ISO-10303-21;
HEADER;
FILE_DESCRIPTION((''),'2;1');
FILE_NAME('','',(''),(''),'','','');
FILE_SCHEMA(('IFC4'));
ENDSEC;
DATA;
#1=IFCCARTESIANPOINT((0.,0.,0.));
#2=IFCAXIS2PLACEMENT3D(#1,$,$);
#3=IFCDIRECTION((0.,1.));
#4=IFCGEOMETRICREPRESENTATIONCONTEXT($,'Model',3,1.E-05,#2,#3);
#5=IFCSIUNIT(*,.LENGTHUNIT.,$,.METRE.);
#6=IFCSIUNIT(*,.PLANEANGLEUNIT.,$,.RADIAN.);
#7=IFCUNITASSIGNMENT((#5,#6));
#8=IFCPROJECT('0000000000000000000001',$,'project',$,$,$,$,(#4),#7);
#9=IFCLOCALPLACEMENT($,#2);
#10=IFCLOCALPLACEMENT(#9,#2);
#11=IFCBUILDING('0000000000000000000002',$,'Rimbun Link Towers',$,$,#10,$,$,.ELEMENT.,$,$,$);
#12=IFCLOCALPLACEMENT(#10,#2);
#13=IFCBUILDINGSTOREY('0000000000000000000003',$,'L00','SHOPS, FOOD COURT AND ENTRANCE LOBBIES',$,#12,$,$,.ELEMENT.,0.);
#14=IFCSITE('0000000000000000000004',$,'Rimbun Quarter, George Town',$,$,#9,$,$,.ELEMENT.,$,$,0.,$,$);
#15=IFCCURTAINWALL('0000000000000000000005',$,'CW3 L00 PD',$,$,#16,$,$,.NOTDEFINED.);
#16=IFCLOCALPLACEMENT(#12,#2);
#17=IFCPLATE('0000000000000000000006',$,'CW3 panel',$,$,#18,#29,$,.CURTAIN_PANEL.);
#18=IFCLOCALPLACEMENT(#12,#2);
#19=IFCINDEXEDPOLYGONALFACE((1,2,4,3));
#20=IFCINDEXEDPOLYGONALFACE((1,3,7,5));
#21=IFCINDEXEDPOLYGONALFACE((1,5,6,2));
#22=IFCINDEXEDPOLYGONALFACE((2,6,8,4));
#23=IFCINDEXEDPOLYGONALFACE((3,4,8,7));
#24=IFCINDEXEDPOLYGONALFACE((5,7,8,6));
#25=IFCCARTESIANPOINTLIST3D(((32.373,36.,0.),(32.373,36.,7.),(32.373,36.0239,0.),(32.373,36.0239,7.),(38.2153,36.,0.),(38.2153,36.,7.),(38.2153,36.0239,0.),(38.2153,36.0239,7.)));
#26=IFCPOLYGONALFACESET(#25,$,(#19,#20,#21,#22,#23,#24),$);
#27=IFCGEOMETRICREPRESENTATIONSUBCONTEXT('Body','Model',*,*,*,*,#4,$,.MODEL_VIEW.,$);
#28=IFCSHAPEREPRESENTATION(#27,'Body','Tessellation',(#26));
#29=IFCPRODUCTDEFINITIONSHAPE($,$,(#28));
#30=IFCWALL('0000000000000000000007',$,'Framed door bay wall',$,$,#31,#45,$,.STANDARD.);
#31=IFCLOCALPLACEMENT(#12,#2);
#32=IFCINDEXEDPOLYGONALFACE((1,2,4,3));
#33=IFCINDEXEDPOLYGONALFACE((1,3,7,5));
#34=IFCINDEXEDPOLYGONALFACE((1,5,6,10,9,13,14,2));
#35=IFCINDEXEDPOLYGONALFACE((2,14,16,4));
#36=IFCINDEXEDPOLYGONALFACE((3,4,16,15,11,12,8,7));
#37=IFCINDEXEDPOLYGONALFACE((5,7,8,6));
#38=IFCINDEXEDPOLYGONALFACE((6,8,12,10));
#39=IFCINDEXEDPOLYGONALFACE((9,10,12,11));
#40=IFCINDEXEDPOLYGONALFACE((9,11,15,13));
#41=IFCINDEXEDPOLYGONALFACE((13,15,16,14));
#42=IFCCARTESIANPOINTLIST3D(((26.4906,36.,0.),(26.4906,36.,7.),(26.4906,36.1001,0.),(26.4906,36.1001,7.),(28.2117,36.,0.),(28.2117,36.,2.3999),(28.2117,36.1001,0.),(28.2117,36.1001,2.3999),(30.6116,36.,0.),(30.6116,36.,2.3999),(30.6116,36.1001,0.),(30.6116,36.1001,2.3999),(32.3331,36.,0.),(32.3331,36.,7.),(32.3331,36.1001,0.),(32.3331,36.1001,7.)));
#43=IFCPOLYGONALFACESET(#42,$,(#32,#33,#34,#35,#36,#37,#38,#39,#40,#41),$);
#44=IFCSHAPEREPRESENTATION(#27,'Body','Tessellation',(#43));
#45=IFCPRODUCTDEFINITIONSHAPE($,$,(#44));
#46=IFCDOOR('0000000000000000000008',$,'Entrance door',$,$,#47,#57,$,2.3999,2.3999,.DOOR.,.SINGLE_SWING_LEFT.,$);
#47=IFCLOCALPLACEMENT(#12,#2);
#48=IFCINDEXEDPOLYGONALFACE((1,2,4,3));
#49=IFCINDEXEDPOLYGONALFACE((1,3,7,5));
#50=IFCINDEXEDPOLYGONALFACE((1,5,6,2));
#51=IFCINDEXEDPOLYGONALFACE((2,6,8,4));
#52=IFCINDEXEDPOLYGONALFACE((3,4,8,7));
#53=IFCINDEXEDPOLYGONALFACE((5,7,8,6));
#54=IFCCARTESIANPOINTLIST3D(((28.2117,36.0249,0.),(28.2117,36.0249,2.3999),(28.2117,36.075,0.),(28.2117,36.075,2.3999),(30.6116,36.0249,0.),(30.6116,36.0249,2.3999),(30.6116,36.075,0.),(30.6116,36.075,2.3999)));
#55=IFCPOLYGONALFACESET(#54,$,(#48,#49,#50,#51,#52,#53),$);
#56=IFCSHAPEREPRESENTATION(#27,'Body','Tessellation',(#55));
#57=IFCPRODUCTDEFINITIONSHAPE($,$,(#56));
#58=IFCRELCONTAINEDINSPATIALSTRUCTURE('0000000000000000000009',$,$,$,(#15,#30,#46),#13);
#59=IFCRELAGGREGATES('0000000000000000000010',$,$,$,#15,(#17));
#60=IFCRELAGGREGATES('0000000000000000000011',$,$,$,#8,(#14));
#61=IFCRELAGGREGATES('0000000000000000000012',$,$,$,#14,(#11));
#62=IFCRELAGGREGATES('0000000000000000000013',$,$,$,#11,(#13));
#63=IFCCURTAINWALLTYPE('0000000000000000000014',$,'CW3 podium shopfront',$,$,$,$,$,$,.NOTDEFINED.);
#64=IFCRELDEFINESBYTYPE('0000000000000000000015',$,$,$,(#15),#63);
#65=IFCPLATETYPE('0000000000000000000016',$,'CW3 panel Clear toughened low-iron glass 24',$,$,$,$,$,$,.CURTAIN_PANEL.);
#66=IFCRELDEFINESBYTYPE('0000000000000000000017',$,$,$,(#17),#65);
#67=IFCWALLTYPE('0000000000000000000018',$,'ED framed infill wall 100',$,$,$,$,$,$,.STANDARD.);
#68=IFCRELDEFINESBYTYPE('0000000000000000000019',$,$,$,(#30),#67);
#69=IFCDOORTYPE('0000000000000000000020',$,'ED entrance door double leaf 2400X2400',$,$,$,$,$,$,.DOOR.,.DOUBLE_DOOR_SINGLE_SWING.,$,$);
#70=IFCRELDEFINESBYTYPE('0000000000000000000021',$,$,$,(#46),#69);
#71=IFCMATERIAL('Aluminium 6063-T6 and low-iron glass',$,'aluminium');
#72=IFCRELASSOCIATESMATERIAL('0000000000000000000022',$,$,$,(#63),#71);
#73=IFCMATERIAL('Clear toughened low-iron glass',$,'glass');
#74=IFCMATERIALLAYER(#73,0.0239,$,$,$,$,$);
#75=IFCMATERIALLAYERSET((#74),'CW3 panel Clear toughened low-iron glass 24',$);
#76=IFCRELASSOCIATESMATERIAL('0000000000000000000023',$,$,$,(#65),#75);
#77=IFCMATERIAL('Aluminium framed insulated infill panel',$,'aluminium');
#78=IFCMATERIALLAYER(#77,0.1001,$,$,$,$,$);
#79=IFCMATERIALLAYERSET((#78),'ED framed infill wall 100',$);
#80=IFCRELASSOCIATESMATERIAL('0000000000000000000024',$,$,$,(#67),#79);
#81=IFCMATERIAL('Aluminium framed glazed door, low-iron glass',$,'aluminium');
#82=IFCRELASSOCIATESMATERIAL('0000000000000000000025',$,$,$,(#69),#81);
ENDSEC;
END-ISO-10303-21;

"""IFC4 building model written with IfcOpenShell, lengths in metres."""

from ifc_helpers import new_model, si_unit, direction, frame, frame_2d, origin, origin_2d, place, context, subcontext, project, spatial, rectangle, extrude, material, layer, layer_set, type_object, element, fill, aggregate, save


model = new_model("IFC4")

# Units and contexts
model_context = context("Model", 3, precision=1e-05, world=origin(), true_north=direction((0.0, 1.0)))
body_context = subcontext(model_context, "Body", "Model", "MODEL_VIEW")
ifc_project = project(units=[si_unit("LENGTHUNIT", "METRE"), si_unit("PLANEANGLEUNIT", "RADIAN")], contexts=[model_context])

# Site, building, storey
site_placement = place(None, origin())
site = spatial("IfcSite", under=ifc_project, at=site_placement, Name="Rimbun Quarter, George Town", CompositionType="ELEMENT", RefElevation=0.0)
building_placement = place(site_placement, origin())
building = spatial("IfcBuilding", under=site, at=building_placement, Name="Rimbun Link Towers", CompositionType="ELEMENT")
storey_placement = place(building_placement, origin())
storey = spatial("IfcBuildingStorey", under=building, at=storey_placement, Name="L00", Description="SHOPS, FOOD COURT AND ENTRANCE LOBBIES", CompositionType="ELEMENT", Elevation=0.0)

# Curtain wall, plate
ifc_material_1 = material(Name="Aluminium 6063-T6 and low-iron glass", Category="aluminium")
curtain_wall_type = type_object("IfcCurtainWallType", Name="CW3 podium shopfront", PredefinedType="NOTDEFINED", material=ifc_material_1)
curtain_wall_placement = place(storey_placement, origin())
curtain_wall = element("IfcCurtainWall", 1, at=curtain_wall_placement, inside=storey, type_object=curtain_wall_type, Name="CW3 L00 PD", PredefinedType="NOTDEFINED")
ifc_material_2 = material(Name="Clear toughened low-iron glass", Category="glass")
ifc_layer_1 = layer(ifc_material_2, 0.0239)
ifc_layer_set_1 = layer_set([ifc_layer_1], Name="CW3 panel Clear toughened low-iron glass 24")
plate_type = type_object("IfcPlateType", Name="CW3 panel Clear toughened low-iron glass 24", PredefinedType="CURTAIN_PANEL", material=ifc_layer_set_1)
plate_placement = place(storey_placement, frame((35.2942, 36.012, 0.0), z_axis=(0.0, 0.0, 1.0), x_axis=(1.0, 0.0, 0.0)))
plate = element("IfcPlate", 2, at=plate_placement, type_object=plate_type, Name="CW3 panel", PredefinedType="CURTAIN_PANEL", context=body_context, shape_type="SweptSolid", body=[
    extrude(rectangle(XDim=5.8423, YDim=0.0239, at=origin_2d()), origin(), (0.0, 0.0, 1.0), 7.0),
])
aggregate(curtain_wall, [plate])

# Wall, opening, door
ifc_material_3 = material(Name="Aluminium framed insulated infill panel", Category="aluminium")
ifc_layer_2 = layer(ifc_material_3, 0.1001)
ifc_layer_set_2 = layer_set([ifc_layer_2], Name="ED framed infill wall 100")
wall_type = type_object("IfcWallType", Name="ED framed infill wall 100", PredefinedType="STANDARD", material=ifc_layer_set_2)
wall_placement = place(storey_placement, frame((26.4905, 36.05, 0.0), z_axis=(0.0, 0.0, 1.0), x_axis=(1.0, 0.0, 0.0)))
wall = element("IfcWall", 3, at=wall_placement, inside=storey, type_object=wall_type, Name="Framed door bay wall", PredefinedType="STANDARD", context=body_context, shape_type="SweptSolid", body=[
    extrude(rectangle(XDim=5.8425, YDim=0.1001, at=frame_2d((2.9214, 0.0))), origin(), (0.0, 0.0, 1.0), 7.0),
])
opening_placement = place(wall_placement, frame((1.7212, 0.0, 0.0)))
opening = element("IfcOpeningElement", 4, at=opening_placement, cuts=wall, PredefinedType="OPENING", context=body_context, shape_type="SweptSolid", body=[
    extrude(rectangle(XDim=2.3999, YDim=2.3999, at=frame_2d((1.2, 1.2))), frame((0.0, 0.0601, 0.0), z_axis=(0.0, -1.0, 0.0), x_axis=(1.0, 0.0, 0.0)), (0.0, 0.0, 1.0), 0.1201),
])
ifc_material_4 = material(Name="Aluminium framed glazed door, low-iron glass", Category="aluminium")
door_type = type_object("IfcDoorType", Name="ED entrance door double leaf 2400X2400", OperationType="DOUBLE_DOOR_SINGLE_SWING", PredefinedType="DOOR", material=ifc_material_4)
door_placement = place(opening_placement, origin())
door = element("IfcDoor", 5, at=door_placement, inside=storey, type_object=door_type, Name="Entrance door", OperationType="SINGLE_SWING_LEFT", OverallHeight=2.3999, OverallWidth=2.3999, PredefinedType="DOOR", context=body_context, shape_type="SweptSolid", body=[
    extrude(rectangle(XDim=2.3999, YDim=2.3999, at=frame_2d((1.2, 1.2))), frame((0.0, 0.0249, 0.0), z_axis=(0.0, -1.0, 0.0), x_axis=(1.0, 0.0, 0.0)), (0.0, 0.0, 1.0), 0.05),
])
fill(opening, door)

save(model, "model.ifc")
